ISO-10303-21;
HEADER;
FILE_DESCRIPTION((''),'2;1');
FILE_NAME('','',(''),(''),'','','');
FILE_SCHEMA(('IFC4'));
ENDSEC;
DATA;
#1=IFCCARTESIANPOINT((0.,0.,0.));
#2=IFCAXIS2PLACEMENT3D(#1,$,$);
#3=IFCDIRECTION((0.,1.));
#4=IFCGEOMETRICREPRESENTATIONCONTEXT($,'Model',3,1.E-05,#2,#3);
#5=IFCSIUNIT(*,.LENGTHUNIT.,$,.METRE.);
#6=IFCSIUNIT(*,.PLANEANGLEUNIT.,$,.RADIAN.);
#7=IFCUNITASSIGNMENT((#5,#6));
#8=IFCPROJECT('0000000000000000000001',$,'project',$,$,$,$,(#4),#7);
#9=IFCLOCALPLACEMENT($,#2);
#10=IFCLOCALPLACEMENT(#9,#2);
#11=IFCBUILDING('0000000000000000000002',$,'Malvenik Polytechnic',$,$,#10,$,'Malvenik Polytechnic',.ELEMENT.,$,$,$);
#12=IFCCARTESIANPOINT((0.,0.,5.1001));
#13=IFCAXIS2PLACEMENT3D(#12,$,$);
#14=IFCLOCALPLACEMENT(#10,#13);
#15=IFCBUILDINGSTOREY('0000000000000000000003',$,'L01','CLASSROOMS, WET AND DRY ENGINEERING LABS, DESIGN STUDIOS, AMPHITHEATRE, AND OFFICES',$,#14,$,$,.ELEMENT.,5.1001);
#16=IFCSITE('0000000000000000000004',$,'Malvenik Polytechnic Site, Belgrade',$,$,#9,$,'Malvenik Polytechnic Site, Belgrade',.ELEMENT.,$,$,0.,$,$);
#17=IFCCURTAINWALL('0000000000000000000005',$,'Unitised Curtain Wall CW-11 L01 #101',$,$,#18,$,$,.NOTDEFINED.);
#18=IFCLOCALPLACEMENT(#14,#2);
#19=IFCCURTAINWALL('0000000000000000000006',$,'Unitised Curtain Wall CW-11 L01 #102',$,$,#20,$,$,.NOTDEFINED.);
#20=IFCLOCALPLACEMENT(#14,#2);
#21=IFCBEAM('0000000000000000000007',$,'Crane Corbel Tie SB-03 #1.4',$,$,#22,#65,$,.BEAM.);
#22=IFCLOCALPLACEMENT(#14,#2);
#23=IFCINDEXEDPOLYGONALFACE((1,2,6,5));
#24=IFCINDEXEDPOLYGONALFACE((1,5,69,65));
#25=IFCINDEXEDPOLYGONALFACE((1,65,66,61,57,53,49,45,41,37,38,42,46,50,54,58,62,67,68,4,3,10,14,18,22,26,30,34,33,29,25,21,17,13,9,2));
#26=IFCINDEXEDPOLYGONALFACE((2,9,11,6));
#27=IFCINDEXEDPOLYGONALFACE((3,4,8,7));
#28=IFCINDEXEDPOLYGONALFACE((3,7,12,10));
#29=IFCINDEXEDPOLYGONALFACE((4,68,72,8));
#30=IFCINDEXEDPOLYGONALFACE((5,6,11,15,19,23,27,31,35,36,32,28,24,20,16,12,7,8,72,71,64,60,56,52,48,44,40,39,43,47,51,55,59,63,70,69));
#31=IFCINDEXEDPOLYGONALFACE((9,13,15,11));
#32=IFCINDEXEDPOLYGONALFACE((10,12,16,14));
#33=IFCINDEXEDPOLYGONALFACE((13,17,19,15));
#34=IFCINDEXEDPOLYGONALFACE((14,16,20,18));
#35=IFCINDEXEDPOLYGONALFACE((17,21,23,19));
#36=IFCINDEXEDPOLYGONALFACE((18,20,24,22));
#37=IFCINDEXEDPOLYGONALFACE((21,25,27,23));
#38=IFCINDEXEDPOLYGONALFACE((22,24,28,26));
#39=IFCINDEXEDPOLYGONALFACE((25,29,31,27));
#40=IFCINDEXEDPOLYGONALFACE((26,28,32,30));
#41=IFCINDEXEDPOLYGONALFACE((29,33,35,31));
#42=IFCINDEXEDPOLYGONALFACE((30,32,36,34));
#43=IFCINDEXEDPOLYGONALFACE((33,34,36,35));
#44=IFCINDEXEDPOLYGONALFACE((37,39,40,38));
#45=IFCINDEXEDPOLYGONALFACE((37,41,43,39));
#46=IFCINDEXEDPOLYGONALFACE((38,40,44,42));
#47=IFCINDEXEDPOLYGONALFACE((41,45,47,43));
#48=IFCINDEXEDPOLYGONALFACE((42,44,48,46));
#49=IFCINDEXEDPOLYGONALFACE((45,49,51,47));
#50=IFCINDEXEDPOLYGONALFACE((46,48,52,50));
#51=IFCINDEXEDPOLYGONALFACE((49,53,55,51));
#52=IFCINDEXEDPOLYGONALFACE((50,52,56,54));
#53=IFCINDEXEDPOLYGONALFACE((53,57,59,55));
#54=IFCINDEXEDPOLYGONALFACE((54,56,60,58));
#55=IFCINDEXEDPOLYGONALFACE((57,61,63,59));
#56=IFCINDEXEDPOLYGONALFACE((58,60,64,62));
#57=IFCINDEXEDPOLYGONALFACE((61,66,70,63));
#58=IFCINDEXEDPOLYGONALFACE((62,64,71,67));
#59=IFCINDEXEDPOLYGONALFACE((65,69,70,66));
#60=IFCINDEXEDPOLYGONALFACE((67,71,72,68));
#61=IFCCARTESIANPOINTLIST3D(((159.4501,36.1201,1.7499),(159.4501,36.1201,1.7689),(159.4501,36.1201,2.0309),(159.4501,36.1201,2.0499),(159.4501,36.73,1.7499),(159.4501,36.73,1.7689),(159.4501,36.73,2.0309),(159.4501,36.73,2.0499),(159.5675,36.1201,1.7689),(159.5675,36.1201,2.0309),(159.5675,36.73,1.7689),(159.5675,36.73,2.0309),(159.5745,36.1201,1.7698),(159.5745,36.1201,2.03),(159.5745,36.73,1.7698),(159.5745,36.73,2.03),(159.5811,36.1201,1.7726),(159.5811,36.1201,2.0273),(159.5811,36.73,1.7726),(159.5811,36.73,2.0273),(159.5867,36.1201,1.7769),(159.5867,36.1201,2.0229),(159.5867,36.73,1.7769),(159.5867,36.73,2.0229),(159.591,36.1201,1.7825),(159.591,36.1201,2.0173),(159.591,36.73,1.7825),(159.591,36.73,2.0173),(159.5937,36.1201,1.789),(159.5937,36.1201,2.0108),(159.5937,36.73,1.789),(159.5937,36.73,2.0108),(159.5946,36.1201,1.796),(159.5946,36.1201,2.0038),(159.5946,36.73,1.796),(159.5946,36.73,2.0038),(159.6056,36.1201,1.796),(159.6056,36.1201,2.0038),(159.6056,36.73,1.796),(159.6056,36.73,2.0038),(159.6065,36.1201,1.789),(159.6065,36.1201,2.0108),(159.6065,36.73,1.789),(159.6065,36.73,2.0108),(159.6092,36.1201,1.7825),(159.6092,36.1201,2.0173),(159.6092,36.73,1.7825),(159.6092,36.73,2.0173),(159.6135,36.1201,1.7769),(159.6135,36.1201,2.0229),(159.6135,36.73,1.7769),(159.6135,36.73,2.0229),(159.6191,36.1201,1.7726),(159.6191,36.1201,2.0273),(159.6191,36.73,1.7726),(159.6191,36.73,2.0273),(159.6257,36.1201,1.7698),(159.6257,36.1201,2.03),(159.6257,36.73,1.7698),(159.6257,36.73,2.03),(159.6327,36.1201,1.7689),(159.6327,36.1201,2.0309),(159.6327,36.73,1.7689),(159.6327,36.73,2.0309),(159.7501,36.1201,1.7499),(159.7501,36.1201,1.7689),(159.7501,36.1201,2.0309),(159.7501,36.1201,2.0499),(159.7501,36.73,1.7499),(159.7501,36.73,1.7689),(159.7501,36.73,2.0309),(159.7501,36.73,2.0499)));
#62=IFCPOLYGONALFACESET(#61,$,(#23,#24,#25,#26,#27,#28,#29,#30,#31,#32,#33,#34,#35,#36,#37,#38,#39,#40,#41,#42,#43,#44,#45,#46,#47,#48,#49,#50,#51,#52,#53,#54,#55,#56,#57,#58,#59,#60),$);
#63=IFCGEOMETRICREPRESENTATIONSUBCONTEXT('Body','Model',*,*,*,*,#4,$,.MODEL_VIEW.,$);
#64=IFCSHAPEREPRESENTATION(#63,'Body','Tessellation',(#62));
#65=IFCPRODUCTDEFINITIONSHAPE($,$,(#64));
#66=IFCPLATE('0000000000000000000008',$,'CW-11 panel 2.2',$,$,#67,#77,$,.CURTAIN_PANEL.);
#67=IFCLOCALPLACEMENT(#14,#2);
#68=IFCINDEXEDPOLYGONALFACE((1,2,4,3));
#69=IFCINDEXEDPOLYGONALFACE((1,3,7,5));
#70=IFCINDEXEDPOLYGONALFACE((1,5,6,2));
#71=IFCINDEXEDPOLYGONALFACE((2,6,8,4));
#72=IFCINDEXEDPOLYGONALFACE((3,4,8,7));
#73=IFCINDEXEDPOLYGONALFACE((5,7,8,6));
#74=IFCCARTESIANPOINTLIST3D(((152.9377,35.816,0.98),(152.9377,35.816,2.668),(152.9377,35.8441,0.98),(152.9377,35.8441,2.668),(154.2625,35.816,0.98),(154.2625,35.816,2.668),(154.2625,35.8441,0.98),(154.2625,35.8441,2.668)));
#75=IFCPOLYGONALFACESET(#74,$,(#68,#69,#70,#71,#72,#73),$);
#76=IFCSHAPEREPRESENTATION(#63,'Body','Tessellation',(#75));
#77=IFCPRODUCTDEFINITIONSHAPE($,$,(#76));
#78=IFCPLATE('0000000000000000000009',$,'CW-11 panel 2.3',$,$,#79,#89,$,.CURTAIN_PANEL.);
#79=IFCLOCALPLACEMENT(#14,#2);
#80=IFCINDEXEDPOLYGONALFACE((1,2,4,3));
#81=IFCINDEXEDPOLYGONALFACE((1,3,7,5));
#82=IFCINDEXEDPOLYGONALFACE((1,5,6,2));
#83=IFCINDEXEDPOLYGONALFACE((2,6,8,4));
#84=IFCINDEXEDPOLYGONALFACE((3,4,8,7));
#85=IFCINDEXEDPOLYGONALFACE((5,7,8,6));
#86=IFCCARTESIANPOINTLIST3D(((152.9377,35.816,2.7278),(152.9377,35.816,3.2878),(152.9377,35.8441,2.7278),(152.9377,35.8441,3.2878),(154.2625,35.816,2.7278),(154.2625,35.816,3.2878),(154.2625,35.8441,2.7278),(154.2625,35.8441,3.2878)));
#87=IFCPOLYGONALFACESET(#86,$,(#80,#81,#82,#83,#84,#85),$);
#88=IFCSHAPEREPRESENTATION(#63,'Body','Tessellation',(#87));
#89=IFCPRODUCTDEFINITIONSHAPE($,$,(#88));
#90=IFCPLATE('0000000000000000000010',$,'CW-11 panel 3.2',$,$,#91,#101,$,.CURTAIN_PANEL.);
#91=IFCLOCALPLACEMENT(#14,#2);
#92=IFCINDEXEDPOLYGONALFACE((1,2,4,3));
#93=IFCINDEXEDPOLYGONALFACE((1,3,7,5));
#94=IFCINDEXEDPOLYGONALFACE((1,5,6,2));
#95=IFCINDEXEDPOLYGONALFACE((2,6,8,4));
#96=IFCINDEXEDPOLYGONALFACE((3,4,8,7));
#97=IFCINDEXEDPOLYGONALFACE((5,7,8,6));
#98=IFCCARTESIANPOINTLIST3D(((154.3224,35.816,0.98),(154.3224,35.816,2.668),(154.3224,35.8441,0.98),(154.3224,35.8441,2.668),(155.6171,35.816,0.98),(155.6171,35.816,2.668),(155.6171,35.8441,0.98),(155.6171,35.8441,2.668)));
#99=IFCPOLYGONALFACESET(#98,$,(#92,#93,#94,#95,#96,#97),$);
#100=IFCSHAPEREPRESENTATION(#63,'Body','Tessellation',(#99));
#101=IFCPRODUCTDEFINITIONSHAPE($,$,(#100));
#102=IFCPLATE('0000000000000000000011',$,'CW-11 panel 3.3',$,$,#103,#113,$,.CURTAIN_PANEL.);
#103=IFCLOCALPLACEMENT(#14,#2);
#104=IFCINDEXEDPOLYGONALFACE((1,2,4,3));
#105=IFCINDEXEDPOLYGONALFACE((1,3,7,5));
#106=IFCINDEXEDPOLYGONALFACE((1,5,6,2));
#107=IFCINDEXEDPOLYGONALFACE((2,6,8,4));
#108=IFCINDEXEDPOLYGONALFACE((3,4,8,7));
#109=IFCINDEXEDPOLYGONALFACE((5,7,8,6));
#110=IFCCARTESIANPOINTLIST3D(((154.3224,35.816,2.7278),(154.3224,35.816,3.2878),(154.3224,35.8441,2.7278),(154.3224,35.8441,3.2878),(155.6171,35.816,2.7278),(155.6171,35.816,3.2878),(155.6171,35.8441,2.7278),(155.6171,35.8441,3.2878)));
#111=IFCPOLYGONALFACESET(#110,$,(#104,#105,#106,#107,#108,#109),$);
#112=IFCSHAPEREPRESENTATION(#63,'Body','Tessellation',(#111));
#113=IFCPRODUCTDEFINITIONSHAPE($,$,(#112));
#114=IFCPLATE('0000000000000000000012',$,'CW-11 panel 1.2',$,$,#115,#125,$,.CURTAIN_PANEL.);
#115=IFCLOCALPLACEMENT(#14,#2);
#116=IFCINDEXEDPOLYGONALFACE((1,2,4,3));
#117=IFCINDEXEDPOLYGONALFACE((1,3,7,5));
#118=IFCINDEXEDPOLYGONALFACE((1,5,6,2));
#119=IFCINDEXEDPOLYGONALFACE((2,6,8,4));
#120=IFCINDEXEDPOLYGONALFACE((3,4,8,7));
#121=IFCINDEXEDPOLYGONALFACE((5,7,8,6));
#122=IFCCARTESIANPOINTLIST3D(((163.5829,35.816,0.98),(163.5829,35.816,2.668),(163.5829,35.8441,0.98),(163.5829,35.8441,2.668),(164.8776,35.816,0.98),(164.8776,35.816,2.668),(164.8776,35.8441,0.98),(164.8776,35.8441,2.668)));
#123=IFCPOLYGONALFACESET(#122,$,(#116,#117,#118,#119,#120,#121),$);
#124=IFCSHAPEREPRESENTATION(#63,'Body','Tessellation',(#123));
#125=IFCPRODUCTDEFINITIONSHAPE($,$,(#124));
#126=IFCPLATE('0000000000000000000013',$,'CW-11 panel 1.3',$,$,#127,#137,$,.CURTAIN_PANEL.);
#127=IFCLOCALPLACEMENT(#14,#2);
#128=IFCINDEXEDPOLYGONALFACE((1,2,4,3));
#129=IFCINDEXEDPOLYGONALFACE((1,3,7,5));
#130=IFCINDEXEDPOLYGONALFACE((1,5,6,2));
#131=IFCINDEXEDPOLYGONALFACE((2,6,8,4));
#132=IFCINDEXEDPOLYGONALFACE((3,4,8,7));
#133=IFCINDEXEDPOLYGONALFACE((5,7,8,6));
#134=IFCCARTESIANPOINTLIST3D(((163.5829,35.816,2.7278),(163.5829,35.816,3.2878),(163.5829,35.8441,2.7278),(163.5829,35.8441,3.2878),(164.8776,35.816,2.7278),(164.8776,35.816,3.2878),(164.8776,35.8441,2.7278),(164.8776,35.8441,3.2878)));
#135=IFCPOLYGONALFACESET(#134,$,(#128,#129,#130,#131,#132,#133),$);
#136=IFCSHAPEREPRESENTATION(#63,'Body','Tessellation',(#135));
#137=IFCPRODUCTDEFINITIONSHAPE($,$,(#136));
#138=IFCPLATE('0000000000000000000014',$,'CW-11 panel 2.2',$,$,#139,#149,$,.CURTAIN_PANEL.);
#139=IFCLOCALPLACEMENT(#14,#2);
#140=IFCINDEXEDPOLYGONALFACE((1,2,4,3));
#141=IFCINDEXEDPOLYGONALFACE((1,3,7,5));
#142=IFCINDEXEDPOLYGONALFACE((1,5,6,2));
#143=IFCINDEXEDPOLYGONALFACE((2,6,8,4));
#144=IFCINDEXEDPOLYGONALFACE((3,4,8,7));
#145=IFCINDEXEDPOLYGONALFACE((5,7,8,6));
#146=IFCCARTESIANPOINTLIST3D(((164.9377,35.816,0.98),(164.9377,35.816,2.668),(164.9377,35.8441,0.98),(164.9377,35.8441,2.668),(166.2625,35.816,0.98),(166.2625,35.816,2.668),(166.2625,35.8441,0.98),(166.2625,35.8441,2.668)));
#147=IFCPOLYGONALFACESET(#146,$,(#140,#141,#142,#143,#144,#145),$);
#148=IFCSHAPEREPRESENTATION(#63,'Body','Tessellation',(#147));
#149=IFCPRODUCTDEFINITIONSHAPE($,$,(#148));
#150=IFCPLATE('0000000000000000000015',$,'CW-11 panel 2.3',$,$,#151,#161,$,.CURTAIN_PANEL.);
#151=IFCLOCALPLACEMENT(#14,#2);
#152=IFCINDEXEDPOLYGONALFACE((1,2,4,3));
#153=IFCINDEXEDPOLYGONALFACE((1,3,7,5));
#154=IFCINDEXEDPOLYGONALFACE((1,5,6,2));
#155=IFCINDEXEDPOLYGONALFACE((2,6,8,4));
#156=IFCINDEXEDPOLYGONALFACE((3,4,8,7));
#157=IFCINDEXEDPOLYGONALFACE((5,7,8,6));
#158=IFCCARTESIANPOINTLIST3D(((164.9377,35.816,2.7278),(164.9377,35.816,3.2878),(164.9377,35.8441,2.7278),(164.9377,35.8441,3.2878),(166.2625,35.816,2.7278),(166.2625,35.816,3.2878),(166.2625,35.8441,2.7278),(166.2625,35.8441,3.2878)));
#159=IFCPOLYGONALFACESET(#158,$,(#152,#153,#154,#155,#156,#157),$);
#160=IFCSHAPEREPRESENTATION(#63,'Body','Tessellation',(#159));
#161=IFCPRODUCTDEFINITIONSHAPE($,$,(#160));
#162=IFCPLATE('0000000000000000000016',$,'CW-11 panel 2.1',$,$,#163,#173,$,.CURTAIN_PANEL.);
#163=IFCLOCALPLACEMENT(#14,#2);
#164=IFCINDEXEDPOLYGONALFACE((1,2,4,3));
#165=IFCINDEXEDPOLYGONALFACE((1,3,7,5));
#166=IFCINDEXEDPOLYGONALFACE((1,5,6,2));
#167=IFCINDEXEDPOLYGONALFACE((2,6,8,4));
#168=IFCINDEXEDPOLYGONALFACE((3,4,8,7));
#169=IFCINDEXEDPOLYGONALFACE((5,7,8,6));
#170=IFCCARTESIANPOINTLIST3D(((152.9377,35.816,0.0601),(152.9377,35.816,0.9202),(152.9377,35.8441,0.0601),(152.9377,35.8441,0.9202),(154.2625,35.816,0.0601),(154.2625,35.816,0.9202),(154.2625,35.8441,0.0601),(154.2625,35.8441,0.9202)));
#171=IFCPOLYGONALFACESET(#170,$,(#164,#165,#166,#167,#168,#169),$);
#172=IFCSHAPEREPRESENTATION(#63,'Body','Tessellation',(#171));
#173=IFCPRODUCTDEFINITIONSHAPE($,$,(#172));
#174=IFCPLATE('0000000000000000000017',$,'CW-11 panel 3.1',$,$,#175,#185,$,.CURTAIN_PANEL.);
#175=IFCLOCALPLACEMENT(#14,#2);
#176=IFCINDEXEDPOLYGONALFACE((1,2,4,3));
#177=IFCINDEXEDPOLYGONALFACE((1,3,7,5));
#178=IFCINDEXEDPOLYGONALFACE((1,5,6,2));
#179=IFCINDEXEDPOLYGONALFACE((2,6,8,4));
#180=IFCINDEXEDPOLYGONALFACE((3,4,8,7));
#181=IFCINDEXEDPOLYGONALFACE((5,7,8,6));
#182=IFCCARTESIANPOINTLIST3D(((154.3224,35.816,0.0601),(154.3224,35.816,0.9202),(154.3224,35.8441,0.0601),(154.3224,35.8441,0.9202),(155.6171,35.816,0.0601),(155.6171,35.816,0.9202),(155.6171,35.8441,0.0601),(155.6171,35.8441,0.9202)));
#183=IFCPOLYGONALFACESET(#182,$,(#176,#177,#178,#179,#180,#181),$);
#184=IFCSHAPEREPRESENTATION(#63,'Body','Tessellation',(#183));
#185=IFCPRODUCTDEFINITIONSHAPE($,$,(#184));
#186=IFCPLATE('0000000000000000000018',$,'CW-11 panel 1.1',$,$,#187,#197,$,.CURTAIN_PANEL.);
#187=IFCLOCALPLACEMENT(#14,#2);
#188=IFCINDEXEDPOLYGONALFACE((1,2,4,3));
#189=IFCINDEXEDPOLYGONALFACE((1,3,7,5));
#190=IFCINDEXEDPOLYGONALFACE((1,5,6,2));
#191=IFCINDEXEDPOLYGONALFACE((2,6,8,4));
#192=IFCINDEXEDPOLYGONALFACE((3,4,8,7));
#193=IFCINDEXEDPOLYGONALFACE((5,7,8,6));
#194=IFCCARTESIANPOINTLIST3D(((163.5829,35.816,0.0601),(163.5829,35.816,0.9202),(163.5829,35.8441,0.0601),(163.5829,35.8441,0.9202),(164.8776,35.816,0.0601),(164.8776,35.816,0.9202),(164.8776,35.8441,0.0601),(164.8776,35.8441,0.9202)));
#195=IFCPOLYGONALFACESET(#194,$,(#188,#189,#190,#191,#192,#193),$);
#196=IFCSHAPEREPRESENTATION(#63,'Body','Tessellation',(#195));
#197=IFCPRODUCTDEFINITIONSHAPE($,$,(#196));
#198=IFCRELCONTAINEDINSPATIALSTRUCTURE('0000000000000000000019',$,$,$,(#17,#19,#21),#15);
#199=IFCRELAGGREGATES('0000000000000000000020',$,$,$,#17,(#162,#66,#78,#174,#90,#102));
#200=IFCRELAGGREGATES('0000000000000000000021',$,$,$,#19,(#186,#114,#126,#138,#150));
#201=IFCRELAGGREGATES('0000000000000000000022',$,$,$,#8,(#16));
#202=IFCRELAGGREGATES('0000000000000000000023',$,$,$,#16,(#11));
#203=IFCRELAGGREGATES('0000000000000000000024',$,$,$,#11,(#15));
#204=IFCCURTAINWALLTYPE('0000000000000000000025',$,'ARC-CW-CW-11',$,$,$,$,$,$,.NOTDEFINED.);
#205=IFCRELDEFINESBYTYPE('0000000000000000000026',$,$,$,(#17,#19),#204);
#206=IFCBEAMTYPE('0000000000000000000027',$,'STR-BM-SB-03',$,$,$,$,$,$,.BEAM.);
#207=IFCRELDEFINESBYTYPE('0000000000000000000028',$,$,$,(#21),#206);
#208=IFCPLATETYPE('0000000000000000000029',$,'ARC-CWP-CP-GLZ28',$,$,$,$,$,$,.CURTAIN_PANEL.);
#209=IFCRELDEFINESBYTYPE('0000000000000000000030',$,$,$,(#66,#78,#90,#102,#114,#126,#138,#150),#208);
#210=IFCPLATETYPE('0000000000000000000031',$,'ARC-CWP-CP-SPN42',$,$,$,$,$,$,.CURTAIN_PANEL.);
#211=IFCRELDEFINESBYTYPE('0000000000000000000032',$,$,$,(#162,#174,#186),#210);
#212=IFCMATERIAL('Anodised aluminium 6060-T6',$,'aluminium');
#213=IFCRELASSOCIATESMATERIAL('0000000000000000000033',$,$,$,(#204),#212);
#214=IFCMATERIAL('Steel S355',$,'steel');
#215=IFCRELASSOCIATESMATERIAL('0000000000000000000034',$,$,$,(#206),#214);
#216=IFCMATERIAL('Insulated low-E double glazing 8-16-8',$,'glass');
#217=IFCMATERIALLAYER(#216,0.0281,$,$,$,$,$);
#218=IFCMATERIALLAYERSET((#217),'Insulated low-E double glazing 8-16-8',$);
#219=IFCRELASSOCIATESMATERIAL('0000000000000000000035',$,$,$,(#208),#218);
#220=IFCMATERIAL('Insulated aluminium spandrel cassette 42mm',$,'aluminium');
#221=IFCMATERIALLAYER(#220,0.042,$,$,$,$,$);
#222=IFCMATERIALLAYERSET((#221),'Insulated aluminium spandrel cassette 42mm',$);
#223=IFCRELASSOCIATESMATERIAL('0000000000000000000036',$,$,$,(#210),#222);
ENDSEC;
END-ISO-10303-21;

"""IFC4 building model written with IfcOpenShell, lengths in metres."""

from ifc_helpers import new_model, si_unit, direction, frame, origin, origin_2d, place, context, subcontext, project, spatial, rectangle, i_section, extrude, material, layer, layer_set, material_profile, profile_set, type_object, element, aggregate, save


model = new_model("IFC4")

# Units and contexts
model_context = context("Model", 3, precision=1e-05, world=origin(), true_north=direction((0.0, 1.0)))
body_context = subcontext(model_context, "Body", "Model", "MODEL_VIEW")
ifc_project = project(units=[si_unit("LENGTHUNIT", "METRE"), si_unit("PLANEANGLEUNIT", "RADIAN")], contexts=[model_context])

# Site, building, storey
site_placement = place(None, origin())
site = spatial("IfcSite", under=ifc_project, at=site_placement, Name="Malvenik Polytechnic Site, Belgrade", LongName="Malvenik Polytechnic Site, Belgrade", CompositionType="ELEMENT", RefElevation=0.0)
building_placement = place(site_placement, origin())
building = spatial("IfcBuilding", under=site, at=building_placement, Name="Malvenik Polytechnic", LongName="Malvenik Polytechnic", CompositionType="ELEMENT")
storey_placement = place(building_placement, frame((0.0, 0.0, 5.1001)))
storey = spatial("IfcBuildingStorey", under=building, at=storey_placement, Name="L01", Description="CLASSROOMS, WET AND DRY ENGINEERING LABS, DESIGN STUDIOS, AMPHITHEATRE, AND OFFICES", CompositionType="ELEMENT", Elevation=5.1001)

# Curtain walls
ifc_material_1 = material(Name="Anodised aluminium 6060-T6", Category="aluminium")
curtain_wall_type = type_object("IfcCurtainWallType", Name="ARC-CW-CW-11", PredefinedType="NOTDEFINED", material=ifc_material_1)
curtain_wall_1_placement = place(storey_placement, origin())
curtain_wall_1 = element("IfcCurtainWall", 1, at=curtain_wall_1_placement, inside=storey, type_object=curtain_wall_type, Name="Unitised Curtain Wall CW-11 L01 #101", PredefinedType="NOTDEFINED")
curtain_wall_2_placement = place(storey_placement, origin())
curtain_wall_2 = element("IfcCurtainWall", 2, at=curtain_wall_2_placement, inside=storey, type_object=curtain_wall_type, Name="Unitised Curtain Wall CW-11 L01 #102", PredefinedType="NOTDEFINED")

# Beam
ifc_material_2 = material(Name="Steel S355", Category="steel")
ifc_material_profile_1 = material_profile(ifc_material_2, i_section(OverallWidth=0.3, OverallDepth=0.3, WebThickness=0.011, FlangeThickness=0.019, FilletRadius=0.0271, at=origin_2d()), Name="HEB 300")
ifc_profile_set_1 = profile_set([ifc_material_profile_1], Name="Steel S355")
beam_type_1 = type_object("IfcBeamType", Name="STR-BM-SB-03", PredefinedType="BEAM", material=ifc_profile_set_1)
beam_1_placement = place(storey_placement, frame((159.6001, 36.1201, 1.8999), z_axis=(0.0, 1.0, 0.0), x_axis=(-1.0, 0.0, 0.0)))
element("IfcBeam", 3, at=beam_1_placement, inside=storey, type_object=beam_type_1, Name="Crane Corbel Tie SB-03 #1.4", PredefinedType="BEAM", context=body_context, shape_type="SweptSolid", body=[
    extrude(i_section(OverallWidth=0.3, OverallDepth=0.3, WebThickness=0.011, FlangeThickness=0.019, FilletRadius=0.0271, at=origin_2d()), origin(), (0.0, 0.0, 1.0), 0.6099),
])

# Plates
ifc_material_3 = material(Name="Insulated low-E double glazing 8-16-8", Category="glass")
ifc_layer_1 = layer(ifc_material_3, 0.0281)
ifc_layer_set_1 = layer_set([ifc_layer_1], Name="Insulated low-E double glazing 8-16-8")
plate_type_1 = type_object("IfcPlateType", Name="ARC-CWP-CP-GLZ28", PredefinedType="CURTAIN_PANEL", material=ifc_layer_set_1)
plate_1_placement = place(storey_placement, frame((153.6001, 35.8301, 0.98), z_axis=(0.0, 0.0, 1.0), x_axis=(1.0, 0.0, 0.0)))
plate_1 = element("IfcPlate", 4, at=plate_1_placement, type_object=plate_type_1, Name="CW-11 panel 2.2", PredefinedType="CURTAIN_PANEL", context=body_context, shape_type="SweptSolid", body=[
    extrude(rectangle(XDim=1.3247, YDim=0.0281, at=origin_2d()), origin(), (0.0, 0.0, 1.0), 1.688),
])
plate_2_placement = place(storey_placement, frame((153.6001, 35.8301, 2.7278), z_axis=(0.0, 0.0, 1.0), x_axis=(1.0, 0.0, 0.0)))
plate_2 = element("IfcPlate", 5, at=plate_2_placement, type_object=plate_type_1, Name="CW-11 panel 2.3", PredefinedType="CURTAIN_PANEL", context=body_context, shape_type="SweptSolid", body=[
    extrude(rectangle(XDim=1.3247, YDim=0.0281, at=origin_2d()), origin(), (0.0, 0.0, 1.0), 0.5601),
])
plate_3_placement = place(storey_placement, frame((154.9697, 35.8301, 0.98), z_axis=(0.0, 0.0, 1.0), x_axis=(1.0, 0.0, 0.0)))
plate_3 = element("IfcPlate", 6, at=plate_3_placement, type_object=plate_type_1, Name="CW-11 panel 3.2", PredefinedType="CURTAIN_PANEL", context=body_context, shape_type="SweptSolid", body=[
    extrude(rectangle(XDim=1.2947, YDim=0.0281, at=origin_2d()), origin(), (0.0, 0.0, 1.0), 1.688),
])
plate_4_placement = place(storey_placement, frame((154.9697, 35.8301, 2.7278), z_axis=(0.0, 0.0, 1.0), x_axis=(1.0, 0.0, 0.0)))
plate_4 = element("IfcPlate", 7, at=plate_4_placement, type_object=plate_type_1, Name="CW-11 panel 3.3", PredefinedType="CURTAIN_PANEL", context=body_context, shape_type="SweptSolid", body=[
    extrude(rectangle(XDim=1.2947, YDim=0.0281, at=origin_2d()), origin(), (0.0, 0.0, 1.0), 0.5601),
])
plate_5_placement = place(storey_placement, frame((164.2302, 35.8301, 0.98), z_axis=(0.0, 0.0, 1.0), x_axis=(1.0, 0.0, 0.0)))
plate_5 = element("IfcPlate", 8, at=plate_5_placement, type_object=plate_type_1, Name="CW-11 panel 1.2", PredefinedType="CURTAIN_PANEL", context=body_context, shape_type="SweptSolid", body=[
    extrude(rectangle(XDim=1.2947, YDim=0.0281, at=origin_2d()), origin(), (0.0, 0.0, 1.0), 1.688),
])
plate_6_placement = place(storey_placement, frame((164.2302, 35.8301, 2.7278), z_axis=(0.0, 0.0, 1.0), x_axis=(1.0, 0.0, 0.0)))
plate_6 = element("IfcPlate", 9, at=plate_6_placement, type_object=plate_type_1, Name="CW-11 panel 1.3", PredefinedType="CURTAIN_PANEL", context=body_context, shape_type="SweptSolid", body=[
    extrude(rectangle(XDim=1.2947, YDim=0.0281, at=origin_2d()), origin(), (0.0, 0.0, 1.0), 0.5601),
])
plate_7_placement = place(storey_placement, frame((165.6001, 35.8301, 0.98), z_axis=(0.0, 0.0, 1.0), x_axis=(1.0, 0.0, 0.0)))
plate_7 = element("IfcPlate", 10, at=plate_7_placement, type_object=plate_type_1, Name="CW-11 panel 2.2", PredefinedType="CURTAIN_PANEL", context=body_context, shape_type="SweptSolid", body=[
    extrude(rectangle(XDim=1.3247, YDim=0.0281, at=origin_2d()), origin(), (0.0, 0.0, 1.0), 1.688),
])
plate_8_placement = place(storey_placement, frame((165.6001, 35.8301, 2.7278), z_axis=(0.0, 0.0, 1.0), x_axis=(1.0, 0.0, 0.0)))
plate_8 = element("IfcPlate", 11, at=plate_8_placement, type_object=plate_type_1, Name="CW-11 panel 2.3", PredefinedType="CURTAIN_PANEL", context=body_context, shape_type="SweptSolid", body=[
    extrude(rectangle(XDim=1.3247, YDim=0.0281, at=origin_2d()), origin(), (0.0, 0.0, 1.0), 0.5601),
])
ifc_material_4 = material(Name="Insulated aluminium spandrel cassette 42mm", Category="aluminium")
ifc_layer_2 = layer(ifc_material_4, 0.042)
ifc_layer_set_2 = layer_set([ifc_layer_2], Name="Insulated aluminium spandrel cassette 42mm")
plate_type_2 = type_object("IfcPlateType", Name="ARC-CWP-CP-SPN42", PredefinedType="CURTAIN_PANEL", material=ifc_layer_set_2)
plate_9_placement = place(storey_placement, frame((153.6001, 35.8301, 0.0601), z_axis=(0.0, 0.0, 1.0), x_axis=(1.0, 0.0, 0.0)))
plate_9 = element("IfcPlate", 12, at=plate_9_placement, type_object=plate_type_2, Name="CW-11 panel 2.1", PredefinedType="CURTAIN_PANEL", context=body_context, shape_type="SweptSolid", body=[
    extrude(rectangle(XDim=1.3247, YDim=0.0281, at=origin_2d()), origin(), (0.0, 0.0, 1.0), 0.8601),
])
plate_10_placement = place(storey_placement, frame((154.9697, 35.8301, 0.0601), z_axis=(0.0, 0.0, 1.0), x_axis=(1.0, 0.0, 0.0)))
plate_10 = element("IfcPlate", 13, at=plate_10_placement, type_object=plate_type_2, Name="CW-11 panel 3.1", PredefinedType="CURTAIN_PANEL", context=body_context, shape_type="SweptSolid", body=[
    extrude(rectangle(XDim=1.2947, YDim=0.0281, at=origin_2d()), origin(), (0.0, 0.0, 1.0), 0.8601),
])
aggregate(curtain_wall_1, [plate_9, plate_1, plate_2, plate_10, plate_3, plate_4])
plate_11_placement = place(storey_placement, frame((164.2302, 35.8301, 0.0601), z_axis=(0.0, 0.0, 1.0), x_axis=(1.0, 0.0, 0.0)))
plate_11 = element("IfcPlate", 14, at=plate_11_placement, type_object=plate_type_2, Name="CW-11 panel 1.1", PredefinedType="CURTAIN_PANEL", context=body_context, shape_type="SweptSolid", body=[
    extrude(rectangle(XDim=1.2947, YDim=0.0281, at=origin_2d()), origin(), (0.0, 0.0, 1.0), 0.8601),
])
aggregate(curtain_wall_2, [plate_11, plate_5, plate_6, plate_7, plate_8])

save(model, "model.ifc")
